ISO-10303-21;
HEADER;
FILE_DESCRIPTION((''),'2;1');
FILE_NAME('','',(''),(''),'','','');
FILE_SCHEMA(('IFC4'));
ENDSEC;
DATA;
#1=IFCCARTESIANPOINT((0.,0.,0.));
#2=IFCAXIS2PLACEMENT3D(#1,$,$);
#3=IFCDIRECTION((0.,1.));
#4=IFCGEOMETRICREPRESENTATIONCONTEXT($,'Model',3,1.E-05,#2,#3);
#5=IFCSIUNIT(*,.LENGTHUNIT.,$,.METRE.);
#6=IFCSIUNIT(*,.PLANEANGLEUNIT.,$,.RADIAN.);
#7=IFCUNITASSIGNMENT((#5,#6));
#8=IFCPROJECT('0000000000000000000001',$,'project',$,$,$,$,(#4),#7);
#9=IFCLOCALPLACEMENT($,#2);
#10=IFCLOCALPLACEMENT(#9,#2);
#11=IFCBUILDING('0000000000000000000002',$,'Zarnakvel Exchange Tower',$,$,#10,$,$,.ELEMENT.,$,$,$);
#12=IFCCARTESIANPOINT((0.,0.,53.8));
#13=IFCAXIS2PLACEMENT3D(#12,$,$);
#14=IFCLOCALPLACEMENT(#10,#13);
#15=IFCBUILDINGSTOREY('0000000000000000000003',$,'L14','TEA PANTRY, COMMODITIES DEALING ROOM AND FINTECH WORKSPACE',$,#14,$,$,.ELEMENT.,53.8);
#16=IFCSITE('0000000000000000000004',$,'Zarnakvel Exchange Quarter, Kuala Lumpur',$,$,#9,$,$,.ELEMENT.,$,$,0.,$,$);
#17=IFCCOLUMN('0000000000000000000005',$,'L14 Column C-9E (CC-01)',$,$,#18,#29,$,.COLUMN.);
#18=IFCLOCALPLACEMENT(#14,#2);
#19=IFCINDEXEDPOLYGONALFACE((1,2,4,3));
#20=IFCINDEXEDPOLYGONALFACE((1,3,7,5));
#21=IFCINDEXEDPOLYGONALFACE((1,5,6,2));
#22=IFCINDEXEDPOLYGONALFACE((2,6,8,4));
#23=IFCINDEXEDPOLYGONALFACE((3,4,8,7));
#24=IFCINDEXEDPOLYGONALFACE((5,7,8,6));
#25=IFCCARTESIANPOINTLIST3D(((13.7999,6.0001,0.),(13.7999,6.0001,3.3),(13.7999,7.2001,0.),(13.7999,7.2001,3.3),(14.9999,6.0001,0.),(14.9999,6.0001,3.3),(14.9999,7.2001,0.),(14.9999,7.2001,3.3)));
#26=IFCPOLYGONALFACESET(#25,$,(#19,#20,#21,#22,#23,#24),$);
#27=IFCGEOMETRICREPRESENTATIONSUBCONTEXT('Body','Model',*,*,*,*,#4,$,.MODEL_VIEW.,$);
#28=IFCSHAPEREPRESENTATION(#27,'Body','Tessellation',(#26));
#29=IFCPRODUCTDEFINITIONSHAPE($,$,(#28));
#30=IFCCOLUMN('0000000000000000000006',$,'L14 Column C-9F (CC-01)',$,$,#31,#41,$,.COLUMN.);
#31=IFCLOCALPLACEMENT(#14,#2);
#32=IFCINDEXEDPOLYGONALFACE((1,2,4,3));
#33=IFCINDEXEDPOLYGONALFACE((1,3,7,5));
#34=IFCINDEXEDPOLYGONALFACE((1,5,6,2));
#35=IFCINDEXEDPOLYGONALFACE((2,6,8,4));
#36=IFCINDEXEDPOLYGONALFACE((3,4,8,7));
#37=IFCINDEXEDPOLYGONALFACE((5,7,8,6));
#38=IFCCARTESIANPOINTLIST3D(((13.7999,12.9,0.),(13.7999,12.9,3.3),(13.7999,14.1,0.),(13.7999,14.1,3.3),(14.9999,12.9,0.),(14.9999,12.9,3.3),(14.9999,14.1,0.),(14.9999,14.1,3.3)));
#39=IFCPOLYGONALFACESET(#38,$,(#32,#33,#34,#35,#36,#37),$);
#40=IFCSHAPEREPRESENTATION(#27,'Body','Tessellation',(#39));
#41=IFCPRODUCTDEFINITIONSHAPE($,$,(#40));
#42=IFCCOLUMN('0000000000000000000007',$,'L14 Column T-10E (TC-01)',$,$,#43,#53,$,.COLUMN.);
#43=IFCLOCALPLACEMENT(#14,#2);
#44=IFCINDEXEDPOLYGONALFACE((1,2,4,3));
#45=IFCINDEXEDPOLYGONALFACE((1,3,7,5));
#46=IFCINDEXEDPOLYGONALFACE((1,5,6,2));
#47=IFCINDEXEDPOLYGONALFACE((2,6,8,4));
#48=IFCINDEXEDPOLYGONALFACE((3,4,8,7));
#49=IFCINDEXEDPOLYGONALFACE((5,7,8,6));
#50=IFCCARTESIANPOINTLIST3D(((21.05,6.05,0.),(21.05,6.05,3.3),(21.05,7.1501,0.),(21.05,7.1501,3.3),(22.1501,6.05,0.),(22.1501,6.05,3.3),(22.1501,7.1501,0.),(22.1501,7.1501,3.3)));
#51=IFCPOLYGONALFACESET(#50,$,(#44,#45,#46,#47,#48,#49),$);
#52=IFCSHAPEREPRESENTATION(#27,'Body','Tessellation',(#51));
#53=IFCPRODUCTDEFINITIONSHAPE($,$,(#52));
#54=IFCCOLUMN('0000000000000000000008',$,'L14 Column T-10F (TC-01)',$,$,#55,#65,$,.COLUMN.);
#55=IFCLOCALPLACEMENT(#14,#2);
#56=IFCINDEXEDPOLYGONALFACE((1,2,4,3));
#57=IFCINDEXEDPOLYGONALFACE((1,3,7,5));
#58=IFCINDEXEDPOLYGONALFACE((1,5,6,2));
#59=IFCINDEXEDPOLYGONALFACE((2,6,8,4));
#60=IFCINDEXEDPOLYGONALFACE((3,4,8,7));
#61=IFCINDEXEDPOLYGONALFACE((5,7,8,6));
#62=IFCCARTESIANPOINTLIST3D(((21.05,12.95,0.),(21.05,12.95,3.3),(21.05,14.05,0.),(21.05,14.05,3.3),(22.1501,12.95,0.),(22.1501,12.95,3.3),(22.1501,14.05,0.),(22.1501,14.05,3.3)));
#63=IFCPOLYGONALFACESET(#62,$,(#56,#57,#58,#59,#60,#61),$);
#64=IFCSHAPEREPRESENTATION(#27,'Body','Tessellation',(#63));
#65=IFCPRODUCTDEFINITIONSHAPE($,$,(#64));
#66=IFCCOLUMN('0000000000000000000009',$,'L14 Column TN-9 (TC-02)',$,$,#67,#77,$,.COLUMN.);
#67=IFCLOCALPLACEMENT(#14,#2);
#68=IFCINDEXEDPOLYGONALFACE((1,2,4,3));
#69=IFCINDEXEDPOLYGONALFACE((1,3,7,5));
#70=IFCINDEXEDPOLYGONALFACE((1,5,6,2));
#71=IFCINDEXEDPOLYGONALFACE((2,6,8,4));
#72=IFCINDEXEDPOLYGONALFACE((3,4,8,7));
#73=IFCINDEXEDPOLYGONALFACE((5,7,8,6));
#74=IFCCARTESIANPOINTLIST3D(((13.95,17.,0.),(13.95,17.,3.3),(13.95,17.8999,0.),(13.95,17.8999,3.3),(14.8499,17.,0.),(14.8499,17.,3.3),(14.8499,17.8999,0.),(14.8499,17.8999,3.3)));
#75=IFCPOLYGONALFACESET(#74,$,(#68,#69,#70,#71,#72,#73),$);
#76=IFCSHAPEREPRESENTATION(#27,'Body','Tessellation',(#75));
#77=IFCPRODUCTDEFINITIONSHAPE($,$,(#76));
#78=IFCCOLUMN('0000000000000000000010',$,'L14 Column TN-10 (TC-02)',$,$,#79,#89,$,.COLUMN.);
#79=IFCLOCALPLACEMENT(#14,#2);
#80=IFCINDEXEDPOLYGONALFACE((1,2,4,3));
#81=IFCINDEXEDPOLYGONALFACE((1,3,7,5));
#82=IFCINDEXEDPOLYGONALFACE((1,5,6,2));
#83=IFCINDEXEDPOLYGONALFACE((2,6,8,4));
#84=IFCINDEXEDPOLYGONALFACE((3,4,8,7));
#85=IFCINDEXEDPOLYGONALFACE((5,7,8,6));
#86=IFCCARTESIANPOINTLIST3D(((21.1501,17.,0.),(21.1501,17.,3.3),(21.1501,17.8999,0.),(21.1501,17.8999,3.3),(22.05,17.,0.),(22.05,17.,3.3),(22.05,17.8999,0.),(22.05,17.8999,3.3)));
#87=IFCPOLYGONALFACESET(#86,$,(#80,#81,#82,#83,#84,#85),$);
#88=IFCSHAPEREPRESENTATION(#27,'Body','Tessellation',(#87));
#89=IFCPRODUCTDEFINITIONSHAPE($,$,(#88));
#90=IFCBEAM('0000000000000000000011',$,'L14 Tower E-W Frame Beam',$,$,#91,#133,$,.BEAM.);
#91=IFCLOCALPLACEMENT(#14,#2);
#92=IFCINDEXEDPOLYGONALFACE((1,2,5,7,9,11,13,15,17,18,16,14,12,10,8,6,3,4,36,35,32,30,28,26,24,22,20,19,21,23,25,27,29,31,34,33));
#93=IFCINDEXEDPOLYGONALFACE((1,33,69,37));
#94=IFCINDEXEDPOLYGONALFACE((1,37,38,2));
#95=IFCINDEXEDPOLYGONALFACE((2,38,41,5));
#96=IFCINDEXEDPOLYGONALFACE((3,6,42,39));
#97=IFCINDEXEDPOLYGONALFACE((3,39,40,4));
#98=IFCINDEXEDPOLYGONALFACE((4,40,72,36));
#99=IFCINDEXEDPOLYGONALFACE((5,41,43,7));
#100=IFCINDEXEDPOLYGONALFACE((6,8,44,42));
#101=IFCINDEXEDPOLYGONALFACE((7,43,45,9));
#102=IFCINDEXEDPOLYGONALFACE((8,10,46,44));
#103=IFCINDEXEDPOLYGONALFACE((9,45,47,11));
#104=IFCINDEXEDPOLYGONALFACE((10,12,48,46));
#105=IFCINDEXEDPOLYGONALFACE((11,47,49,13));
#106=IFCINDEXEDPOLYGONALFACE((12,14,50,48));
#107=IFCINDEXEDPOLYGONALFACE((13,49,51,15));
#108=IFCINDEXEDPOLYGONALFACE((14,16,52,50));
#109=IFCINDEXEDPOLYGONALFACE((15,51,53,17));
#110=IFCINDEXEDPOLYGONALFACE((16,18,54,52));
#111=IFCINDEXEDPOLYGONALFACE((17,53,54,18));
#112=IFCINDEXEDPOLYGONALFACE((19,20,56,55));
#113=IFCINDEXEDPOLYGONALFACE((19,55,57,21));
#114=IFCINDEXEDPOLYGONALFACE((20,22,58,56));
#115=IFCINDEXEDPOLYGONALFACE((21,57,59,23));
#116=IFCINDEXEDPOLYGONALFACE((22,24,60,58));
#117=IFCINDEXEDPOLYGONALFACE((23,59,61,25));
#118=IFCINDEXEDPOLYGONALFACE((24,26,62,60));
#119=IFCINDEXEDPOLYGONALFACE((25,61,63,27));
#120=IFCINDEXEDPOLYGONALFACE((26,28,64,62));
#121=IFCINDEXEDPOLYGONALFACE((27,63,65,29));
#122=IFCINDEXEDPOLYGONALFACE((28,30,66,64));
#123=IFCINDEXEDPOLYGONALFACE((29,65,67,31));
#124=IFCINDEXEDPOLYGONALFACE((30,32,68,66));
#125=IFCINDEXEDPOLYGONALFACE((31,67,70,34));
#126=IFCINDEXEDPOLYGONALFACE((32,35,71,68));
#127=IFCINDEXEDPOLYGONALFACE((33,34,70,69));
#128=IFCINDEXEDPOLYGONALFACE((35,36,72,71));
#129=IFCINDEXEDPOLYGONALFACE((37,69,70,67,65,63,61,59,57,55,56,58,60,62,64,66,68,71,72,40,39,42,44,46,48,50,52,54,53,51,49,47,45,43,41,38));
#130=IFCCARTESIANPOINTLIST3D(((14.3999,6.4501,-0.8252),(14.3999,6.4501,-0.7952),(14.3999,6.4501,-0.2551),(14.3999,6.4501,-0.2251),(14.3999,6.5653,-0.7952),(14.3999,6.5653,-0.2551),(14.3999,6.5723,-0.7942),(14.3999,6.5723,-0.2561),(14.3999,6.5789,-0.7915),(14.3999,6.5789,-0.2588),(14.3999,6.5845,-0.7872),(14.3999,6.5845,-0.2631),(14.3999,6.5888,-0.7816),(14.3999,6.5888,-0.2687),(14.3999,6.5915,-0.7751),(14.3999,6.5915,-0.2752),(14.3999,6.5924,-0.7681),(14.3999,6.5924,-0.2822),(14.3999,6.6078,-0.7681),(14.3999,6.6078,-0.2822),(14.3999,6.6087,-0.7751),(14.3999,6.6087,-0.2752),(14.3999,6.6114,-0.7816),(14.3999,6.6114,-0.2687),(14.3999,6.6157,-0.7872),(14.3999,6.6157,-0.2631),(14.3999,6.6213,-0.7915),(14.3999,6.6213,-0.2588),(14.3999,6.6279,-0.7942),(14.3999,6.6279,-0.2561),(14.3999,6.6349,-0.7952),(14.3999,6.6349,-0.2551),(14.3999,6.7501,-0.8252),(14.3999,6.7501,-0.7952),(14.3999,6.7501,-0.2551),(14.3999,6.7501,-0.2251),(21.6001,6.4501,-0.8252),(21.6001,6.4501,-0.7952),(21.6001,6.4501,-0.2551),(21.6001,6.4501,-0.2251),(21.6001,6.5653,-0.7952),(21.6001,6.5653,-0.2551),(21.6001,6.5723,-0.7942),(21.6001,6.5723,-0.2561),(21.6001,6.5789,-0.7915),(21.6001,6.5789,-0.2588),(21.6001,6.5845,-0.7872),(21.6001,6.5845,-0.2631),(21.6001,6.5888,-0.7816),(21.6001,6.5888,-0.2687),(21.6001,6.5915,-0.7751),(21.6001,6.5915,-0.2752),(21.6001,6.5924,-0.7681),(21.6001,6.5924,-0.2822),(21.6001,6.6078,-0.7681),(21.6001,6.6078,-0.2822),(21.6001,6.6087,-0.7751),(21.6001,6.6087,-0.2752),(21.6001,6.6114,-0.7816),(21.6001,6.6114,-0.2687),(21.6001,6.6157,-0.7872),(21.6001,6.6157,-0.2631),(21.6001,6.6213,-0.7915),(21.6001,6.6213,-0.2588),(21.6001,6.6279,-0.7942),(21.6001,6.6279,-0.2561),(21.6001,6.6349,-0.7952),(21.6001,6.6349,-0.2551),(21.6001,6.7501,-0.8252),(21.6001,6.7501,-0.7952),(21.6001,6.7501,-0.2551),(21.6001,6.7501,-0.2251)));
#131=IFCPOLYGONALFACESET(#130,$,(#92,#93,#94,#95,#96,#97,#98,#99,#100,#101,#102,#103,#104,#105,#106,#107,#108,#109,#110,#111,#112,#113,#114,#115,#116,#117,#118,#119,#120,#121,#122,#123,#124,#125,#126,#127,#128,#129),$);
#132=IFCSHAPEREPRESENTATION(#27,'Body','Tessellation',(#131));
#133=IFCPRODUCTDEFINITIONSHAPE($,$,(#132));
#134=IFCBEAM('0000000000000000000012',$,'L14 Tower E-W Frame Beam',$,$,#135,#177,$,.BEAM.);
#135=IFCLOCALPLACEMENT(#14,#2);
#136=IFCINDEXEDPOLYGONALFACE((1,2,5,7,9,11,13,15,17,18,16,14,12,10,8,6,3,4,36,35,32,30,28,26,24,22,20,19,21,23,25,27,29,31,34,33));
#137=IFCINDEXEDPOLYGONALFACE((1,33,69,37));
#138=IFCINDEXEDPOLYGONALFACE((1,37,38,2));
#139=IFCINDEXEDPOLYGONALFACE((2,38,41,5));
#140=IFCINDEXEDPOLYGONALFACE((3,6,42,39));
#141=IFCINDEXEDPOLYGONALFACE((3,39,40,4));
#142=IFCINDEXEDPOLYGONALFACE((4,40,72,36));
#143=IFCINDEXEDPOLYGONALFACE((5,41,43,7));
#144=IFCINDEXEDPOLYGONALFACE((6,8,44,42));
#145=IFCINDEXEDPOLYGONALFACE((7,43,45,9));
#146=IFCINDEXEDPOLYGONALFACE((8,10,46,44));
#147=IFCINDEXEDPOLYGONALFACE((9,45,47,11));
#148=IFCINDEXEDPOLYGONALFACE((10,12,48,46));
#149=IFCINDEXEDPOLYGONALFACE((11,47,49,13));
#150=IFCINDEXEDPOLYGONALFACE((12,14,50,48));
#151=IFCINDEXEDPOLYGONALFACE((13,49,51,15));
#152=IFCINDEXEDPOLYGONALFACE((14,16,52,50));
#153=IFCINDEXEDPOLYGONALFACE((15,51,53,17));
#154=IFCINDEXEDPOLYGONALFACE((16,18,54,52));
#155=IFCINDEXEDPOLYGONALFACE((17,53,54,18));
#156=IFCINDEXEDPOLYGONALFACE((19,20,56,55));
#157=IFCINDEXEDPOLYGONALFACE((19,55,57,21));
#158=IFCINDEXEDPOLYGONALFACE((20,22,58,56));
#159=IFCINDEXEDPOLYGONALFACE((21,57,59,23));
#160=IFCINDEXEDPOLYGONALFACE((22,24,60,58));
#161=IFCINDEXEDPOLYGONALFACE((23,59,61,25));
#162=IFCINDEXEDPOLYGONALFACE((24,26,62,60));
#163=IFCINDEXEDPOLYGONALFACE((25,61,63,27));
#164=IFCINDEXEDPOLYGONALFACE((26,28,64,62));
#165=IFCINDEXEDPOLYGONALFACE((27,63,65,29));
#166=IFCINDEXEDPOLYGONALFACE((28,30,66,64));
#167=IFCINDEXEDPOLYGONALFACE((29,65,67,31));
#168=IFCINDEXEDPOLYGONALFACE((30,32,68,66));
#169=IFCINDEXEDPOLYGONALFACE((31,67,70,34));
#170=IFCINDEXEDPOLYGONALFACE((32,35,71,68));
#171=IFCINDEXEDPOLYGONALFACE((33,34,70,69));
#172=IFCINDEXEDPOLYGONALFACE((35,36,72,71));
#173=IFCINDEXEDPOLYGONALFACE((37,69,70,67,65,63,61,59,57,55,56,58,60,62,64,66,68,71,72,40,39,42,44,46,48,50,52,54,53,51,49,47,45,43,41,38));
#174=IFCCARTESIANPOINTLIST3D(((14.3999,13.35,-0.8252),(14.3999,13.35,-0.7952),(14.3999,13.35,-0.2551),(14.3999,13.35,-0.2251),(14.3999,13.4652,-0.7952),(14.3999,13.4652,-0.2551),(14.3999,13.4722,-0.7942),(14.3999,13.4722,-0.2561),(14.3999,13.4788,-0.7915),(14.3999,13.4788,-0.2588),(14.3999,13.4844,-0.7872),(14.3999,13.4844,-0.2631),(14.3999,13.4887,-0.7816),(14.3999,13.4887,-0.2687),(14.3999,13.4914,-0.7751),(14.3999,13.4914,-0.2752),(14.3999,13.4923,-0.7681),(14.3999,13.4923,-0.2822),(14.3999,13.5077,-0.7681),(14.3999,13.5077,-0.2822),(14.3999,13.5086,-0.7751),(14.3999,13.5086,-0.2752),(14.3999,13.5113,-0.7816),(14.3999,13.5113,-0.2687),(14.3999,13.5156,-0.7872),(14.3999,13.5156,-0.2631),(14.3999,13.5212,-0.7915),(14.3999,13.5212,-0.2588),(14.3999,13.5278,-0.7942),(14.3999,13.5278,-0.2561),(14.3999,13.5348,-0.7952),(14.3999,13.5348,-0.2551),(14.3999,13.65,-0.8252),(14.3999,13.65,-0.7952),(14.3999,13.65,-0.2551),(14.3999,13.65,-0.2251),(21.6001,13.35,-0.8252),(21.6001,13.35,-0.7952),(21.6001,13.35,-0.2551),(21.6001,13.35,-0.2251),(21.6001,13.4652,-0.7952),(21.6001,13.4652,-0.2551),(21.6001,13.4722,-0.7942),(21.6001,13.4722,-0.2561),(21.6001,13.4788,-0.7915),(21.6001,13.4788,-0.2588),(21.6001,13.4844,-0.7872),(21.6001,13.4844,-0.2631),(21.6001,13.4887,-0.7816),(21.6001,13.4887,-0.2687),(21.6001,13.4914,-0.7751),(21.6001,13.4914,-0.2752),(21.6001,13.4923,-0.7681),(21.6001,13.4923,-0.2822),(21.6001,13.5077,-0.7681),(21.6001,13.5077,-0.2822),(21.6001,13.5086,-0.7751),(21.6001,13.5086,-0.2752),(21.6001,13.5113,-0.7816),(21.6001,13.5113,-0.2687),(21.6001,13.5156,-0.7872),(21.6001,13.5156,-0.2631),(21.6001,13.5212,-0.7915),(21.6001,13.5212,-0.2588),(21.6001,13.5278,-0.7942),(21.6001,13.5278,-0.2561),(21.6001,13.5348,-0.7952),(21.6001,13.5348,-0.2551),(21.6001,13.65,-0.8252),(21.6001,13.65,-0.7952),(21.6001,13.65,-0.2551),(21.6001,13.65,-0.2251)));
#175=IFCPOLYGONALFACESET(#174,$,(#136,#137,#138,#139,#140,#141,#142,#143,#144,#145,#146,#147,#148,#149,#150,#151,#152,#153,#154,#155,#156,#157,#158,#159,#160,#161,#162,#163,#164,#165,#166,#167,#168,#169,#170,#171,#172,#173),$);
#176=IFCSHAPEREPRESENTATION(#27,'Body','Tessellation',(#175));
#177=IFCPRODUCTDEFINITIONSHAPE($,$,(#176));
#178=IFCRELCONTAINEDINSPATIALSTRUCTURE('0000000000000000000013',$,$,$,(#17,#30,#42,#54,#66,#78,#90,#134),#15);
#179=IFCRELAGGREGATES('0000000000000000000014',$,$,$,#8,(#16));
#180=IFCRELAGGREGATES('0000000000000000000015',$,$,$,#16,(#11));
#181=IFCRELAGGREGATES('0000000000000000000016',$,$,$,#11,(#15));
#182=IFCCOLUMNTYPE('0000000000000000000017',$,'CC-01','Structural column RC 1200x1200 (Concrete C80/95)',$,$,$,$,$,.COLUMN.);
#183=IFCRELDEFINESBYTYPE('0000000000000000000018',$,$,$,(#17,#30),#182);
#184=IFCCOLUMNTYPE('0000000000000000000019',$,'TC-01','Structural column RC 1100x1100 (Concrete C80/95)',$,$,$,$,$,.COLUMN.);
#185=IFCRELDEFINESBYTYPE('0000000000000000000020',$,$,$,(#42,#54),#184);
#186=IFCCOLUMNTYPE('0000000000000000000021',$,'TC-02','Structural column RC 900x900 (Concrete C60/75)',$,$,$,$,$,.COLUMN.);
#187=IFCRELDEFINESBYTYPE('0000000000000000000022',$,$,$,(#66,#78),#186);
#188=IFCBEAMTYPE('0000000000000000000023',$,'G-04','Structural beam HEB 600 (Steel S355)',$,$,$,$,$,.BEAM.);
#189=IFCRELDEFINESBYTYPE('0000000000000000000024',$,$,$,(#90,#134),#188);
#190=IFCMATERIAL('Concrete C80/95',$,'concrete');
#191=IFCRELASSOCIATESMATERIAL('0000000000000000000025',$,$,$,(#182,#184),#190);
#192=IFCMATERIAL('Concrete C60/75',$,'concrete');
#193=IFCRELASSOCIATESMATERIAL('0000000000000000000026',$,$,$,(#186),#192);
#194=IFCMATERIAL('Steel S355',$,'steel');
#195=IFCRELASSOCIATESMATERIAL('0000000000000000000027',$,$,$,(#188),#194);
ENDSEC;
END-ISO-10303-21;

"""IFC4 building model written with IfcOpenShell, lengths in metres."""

from ifc_helpers import new_model, si_unit, direction, frame, origin, origin_2d, place, context, subcontext, project, spatial, rectangle, i_section, extrude, material, material_profile, profile_set, type_object, element, save


model = new_model("IFC4")

# Units and contexts
model_context = context("Model", 3, precision=1e-05, world=origin(), true_north=direction((0.0, 1.0)))
body_context = subcontext(model_context, "Body", "Model", "MODEL_VIEW")
ifc_project = project(units=[si_unit("LENGTHUNIT", "METRE"), si_unit("PLANEANGLEUNIT", "RADIAN")], contexts=[model_context])

# Site, building, storey
site_placement = place(None, origin())
site = spatial("IfcSite", under=ifc_project, at=site_placement, Name="Zarnakvel Exchange Quarter, Kuala Lumpur", CompositionType="ELEMENT", RefElevation=0.0)
building_placement = place(site_placement, origin())
building = spatial("IfcBuilding", under=site, at=building_placement, Name="Zarnakvel Exchange Tower", CompositionType="ELEMENT")
storey_placement = place(building_placement, frame((0.0, 0.0, 53.8)))
storey = spatial("IfcBuildingStorey", under=building, at=storey_placement, Name="L14", Description="TEA PANTRY, COMMODITIES DEALING ROOM AND FINTECH WORKSPACE", CompositionType="ELEMENT", Elevation=53.8)

# Columns
ifc_material_1 = material(Name="Concrete C80/95", Category="concrete")
ifc_material_profile_1 = material_profile(ifc_material_1, rectangle(XDim=1.2, YDim=1.2, at=origin_2d()))
ifc_profile_set_1 = profile_set([ifc_material_profile_1], Name="Concrete C80/95")
column_type_1 = type_object("IfcColumnType", Name="CC-01", Description="Structural column RC 1200x1200 (Concrete C80/95)", PredefinedType="COLUMN", material=ifc_profile_set_1)
for number, where, z_axis, x_axis, name in (
    (1, (14.3999, 6.6001, 0.0), (0.0, 0.0, 1.0), (1.0, 0.0, 0.0), "L14 Column C-9E (CC-01)"),
    (2, (14.3999, 13.5, 0.0), (0.0, 0.0, 1.0), (1.0, 0.0, 0.0), "L14 Column C-9F (CC-01)"),
):
    element("IfcColumn", number, at=place(storey_placement, frame(where, z_axis=z_axis, x_axis=x_axis)), inside=storey, type_object=column_type_1, Name=name, PredefinedType="COLUMN", context=body_context, shape_type="SweptSolid", body=[
        extrude(rectangle(XDim=1.2, YDim=1.2, at=origin_2d()), origin(), (0.0, 0.0, 1.0), 3.3),
    ])
ifc_material_profile_2 = material_profile(ifc_material_1, rectangle(XDim=1.1001, YDim=1.1001, at=origin_2d()))
ifc_profile_set_2 = profile_set([ifc_material_profile_2], Name="Concrete C80/95")
column_type_2 = type_object("IfcColumnType", Name="TC-01", Description="Structural column RC 1100x1100 (Concrete C80/95)", PredefinedType="COLUMN", material=ifc_profile_set_2)
for number, where, z_axis, x_axis, name in (
    (3, (21.6001, 6.6001, 0.0), (0.0, 0.0, 1.0), (1.0, 0.0, 0.0), "L14 Column T-10E (TC-01)"),
    (4, (21.6001, 13.5, 0.0), (0.0, 0.0, 1.0), (1.0, 0.0, 0.0), "L14 Column T-10F (TC-01)"),
):
    element("IfcColumn", number, at=place(storey_placement, frame(where, z_axis=z_axis, x_axis=x_axis)), inside=storey, type_object=column_type_2, Name=name, PredefinedType="COLUMN", context=body_context, shape_type="SweptSolid", body=[
        extrude(rectangle(XDim=1.1001, YDim=1.1001, at=origin_2d()), origin(), (0.0, 0.0, 1.0), 3.3),
    ])
ifc_material_2 = material(Name="Concrete C60/75", Category="concrete")
ifc_material_profile_3 = material_profile(ifc_material_2, rectangle(XDim=0.8999, YDim=0.8999, at=origin_2d()))
ifc_profile_set_3 = profile_set([ifc_material_profile_3], Name="Concrete C60/75")
column_type_3 = type_object("IfcColumnType", Name="TC-02", Description="Structural column RC 900x900 (Concrete C60/75)", PredefinedType="COLUMN", material=ifc_profile_set_3)
for number, where, z_axis, x_axis, name in (
    (5, (14.3999, 17.45, 0.0), (0.0, 0.0, 1.0), (1.0, 0.0, 0.0), "L14 Column TN-9 (TC-02)"),
    (6, (21.6001, 17.45, 0.0), (0.0, 0.0, 1.0), (1.0, 0.0, 0.0), "L14 Column TN-10 (TC-02)"),
):
    element("IfcColumn", number, at=place(storey_placement, frame(where, z_axis=z_axis, x_axis=x_axis)), inside=storey, type_object=column_type_3, Name=name, PredefinedType="COLUMN", context=body_context, shape_type="SweptSolid", body=[
        extrude(rectangle(XDim=0.8999, YDim=0.8999, at=origin_2d()), origin(), (0.0, 0.0, 1.0), 3.3),
    ])

# Beams
ifc_material_3 = material(Name="Steel S355", Category="steel")
ifc_material_profile_4 = material_profile(ifc_material_3, i_section(OverallWidth=0.3, OverallDepth=0.6001, WebThickness=0.0154, FlangeThickness=0.03, FilletRadius=0.0271, at=origin_2d()))
ifc_profile_set_4 = profile_set([ifc_material_profile_4], Name="Steel S355")
beam_type_1 = type_object("IfcBeamType", Name="G-04", Description="Structural beam HEB 600 (Steel S355)", PredefinedType="BEAM", material=ifc_profile_set_4)
for number, where, z_axis, x_axis, name in (
    (7, (14.3999, 6.6001, -0.5251), (1.0, 0.0, 0.0), (0.0, 1.0, 0.0), "L14 Tower E-W Frame Beam"),
    (8, (14.3999, 13.5, -0.5251), (1.0, 0.0, 0.0), (0.0, 1.0, 0.0), "L14 Tower E-W Frame Beam"),
):
    element("IfcBeam", number, at=place(storey_placement, frame(where, z_axis=z_axis, x_axis=x_axis)), inside=storey, type_object=beam_type_1, Name=name, PredefinedType="BEAM", context=body_context, shape_type="SweptSolid", body=[
        extrude(i_section(OverallWidth=0.3, OverallDepth=0.6001, WebThickness=0.0154, FlangeThickness=0.03, FilletRadius=0.0271, at=origin_2d()), origin(), (0.0, 0.0, 1.0), 7.2002),
    ])

save(model, "model.ifc")
